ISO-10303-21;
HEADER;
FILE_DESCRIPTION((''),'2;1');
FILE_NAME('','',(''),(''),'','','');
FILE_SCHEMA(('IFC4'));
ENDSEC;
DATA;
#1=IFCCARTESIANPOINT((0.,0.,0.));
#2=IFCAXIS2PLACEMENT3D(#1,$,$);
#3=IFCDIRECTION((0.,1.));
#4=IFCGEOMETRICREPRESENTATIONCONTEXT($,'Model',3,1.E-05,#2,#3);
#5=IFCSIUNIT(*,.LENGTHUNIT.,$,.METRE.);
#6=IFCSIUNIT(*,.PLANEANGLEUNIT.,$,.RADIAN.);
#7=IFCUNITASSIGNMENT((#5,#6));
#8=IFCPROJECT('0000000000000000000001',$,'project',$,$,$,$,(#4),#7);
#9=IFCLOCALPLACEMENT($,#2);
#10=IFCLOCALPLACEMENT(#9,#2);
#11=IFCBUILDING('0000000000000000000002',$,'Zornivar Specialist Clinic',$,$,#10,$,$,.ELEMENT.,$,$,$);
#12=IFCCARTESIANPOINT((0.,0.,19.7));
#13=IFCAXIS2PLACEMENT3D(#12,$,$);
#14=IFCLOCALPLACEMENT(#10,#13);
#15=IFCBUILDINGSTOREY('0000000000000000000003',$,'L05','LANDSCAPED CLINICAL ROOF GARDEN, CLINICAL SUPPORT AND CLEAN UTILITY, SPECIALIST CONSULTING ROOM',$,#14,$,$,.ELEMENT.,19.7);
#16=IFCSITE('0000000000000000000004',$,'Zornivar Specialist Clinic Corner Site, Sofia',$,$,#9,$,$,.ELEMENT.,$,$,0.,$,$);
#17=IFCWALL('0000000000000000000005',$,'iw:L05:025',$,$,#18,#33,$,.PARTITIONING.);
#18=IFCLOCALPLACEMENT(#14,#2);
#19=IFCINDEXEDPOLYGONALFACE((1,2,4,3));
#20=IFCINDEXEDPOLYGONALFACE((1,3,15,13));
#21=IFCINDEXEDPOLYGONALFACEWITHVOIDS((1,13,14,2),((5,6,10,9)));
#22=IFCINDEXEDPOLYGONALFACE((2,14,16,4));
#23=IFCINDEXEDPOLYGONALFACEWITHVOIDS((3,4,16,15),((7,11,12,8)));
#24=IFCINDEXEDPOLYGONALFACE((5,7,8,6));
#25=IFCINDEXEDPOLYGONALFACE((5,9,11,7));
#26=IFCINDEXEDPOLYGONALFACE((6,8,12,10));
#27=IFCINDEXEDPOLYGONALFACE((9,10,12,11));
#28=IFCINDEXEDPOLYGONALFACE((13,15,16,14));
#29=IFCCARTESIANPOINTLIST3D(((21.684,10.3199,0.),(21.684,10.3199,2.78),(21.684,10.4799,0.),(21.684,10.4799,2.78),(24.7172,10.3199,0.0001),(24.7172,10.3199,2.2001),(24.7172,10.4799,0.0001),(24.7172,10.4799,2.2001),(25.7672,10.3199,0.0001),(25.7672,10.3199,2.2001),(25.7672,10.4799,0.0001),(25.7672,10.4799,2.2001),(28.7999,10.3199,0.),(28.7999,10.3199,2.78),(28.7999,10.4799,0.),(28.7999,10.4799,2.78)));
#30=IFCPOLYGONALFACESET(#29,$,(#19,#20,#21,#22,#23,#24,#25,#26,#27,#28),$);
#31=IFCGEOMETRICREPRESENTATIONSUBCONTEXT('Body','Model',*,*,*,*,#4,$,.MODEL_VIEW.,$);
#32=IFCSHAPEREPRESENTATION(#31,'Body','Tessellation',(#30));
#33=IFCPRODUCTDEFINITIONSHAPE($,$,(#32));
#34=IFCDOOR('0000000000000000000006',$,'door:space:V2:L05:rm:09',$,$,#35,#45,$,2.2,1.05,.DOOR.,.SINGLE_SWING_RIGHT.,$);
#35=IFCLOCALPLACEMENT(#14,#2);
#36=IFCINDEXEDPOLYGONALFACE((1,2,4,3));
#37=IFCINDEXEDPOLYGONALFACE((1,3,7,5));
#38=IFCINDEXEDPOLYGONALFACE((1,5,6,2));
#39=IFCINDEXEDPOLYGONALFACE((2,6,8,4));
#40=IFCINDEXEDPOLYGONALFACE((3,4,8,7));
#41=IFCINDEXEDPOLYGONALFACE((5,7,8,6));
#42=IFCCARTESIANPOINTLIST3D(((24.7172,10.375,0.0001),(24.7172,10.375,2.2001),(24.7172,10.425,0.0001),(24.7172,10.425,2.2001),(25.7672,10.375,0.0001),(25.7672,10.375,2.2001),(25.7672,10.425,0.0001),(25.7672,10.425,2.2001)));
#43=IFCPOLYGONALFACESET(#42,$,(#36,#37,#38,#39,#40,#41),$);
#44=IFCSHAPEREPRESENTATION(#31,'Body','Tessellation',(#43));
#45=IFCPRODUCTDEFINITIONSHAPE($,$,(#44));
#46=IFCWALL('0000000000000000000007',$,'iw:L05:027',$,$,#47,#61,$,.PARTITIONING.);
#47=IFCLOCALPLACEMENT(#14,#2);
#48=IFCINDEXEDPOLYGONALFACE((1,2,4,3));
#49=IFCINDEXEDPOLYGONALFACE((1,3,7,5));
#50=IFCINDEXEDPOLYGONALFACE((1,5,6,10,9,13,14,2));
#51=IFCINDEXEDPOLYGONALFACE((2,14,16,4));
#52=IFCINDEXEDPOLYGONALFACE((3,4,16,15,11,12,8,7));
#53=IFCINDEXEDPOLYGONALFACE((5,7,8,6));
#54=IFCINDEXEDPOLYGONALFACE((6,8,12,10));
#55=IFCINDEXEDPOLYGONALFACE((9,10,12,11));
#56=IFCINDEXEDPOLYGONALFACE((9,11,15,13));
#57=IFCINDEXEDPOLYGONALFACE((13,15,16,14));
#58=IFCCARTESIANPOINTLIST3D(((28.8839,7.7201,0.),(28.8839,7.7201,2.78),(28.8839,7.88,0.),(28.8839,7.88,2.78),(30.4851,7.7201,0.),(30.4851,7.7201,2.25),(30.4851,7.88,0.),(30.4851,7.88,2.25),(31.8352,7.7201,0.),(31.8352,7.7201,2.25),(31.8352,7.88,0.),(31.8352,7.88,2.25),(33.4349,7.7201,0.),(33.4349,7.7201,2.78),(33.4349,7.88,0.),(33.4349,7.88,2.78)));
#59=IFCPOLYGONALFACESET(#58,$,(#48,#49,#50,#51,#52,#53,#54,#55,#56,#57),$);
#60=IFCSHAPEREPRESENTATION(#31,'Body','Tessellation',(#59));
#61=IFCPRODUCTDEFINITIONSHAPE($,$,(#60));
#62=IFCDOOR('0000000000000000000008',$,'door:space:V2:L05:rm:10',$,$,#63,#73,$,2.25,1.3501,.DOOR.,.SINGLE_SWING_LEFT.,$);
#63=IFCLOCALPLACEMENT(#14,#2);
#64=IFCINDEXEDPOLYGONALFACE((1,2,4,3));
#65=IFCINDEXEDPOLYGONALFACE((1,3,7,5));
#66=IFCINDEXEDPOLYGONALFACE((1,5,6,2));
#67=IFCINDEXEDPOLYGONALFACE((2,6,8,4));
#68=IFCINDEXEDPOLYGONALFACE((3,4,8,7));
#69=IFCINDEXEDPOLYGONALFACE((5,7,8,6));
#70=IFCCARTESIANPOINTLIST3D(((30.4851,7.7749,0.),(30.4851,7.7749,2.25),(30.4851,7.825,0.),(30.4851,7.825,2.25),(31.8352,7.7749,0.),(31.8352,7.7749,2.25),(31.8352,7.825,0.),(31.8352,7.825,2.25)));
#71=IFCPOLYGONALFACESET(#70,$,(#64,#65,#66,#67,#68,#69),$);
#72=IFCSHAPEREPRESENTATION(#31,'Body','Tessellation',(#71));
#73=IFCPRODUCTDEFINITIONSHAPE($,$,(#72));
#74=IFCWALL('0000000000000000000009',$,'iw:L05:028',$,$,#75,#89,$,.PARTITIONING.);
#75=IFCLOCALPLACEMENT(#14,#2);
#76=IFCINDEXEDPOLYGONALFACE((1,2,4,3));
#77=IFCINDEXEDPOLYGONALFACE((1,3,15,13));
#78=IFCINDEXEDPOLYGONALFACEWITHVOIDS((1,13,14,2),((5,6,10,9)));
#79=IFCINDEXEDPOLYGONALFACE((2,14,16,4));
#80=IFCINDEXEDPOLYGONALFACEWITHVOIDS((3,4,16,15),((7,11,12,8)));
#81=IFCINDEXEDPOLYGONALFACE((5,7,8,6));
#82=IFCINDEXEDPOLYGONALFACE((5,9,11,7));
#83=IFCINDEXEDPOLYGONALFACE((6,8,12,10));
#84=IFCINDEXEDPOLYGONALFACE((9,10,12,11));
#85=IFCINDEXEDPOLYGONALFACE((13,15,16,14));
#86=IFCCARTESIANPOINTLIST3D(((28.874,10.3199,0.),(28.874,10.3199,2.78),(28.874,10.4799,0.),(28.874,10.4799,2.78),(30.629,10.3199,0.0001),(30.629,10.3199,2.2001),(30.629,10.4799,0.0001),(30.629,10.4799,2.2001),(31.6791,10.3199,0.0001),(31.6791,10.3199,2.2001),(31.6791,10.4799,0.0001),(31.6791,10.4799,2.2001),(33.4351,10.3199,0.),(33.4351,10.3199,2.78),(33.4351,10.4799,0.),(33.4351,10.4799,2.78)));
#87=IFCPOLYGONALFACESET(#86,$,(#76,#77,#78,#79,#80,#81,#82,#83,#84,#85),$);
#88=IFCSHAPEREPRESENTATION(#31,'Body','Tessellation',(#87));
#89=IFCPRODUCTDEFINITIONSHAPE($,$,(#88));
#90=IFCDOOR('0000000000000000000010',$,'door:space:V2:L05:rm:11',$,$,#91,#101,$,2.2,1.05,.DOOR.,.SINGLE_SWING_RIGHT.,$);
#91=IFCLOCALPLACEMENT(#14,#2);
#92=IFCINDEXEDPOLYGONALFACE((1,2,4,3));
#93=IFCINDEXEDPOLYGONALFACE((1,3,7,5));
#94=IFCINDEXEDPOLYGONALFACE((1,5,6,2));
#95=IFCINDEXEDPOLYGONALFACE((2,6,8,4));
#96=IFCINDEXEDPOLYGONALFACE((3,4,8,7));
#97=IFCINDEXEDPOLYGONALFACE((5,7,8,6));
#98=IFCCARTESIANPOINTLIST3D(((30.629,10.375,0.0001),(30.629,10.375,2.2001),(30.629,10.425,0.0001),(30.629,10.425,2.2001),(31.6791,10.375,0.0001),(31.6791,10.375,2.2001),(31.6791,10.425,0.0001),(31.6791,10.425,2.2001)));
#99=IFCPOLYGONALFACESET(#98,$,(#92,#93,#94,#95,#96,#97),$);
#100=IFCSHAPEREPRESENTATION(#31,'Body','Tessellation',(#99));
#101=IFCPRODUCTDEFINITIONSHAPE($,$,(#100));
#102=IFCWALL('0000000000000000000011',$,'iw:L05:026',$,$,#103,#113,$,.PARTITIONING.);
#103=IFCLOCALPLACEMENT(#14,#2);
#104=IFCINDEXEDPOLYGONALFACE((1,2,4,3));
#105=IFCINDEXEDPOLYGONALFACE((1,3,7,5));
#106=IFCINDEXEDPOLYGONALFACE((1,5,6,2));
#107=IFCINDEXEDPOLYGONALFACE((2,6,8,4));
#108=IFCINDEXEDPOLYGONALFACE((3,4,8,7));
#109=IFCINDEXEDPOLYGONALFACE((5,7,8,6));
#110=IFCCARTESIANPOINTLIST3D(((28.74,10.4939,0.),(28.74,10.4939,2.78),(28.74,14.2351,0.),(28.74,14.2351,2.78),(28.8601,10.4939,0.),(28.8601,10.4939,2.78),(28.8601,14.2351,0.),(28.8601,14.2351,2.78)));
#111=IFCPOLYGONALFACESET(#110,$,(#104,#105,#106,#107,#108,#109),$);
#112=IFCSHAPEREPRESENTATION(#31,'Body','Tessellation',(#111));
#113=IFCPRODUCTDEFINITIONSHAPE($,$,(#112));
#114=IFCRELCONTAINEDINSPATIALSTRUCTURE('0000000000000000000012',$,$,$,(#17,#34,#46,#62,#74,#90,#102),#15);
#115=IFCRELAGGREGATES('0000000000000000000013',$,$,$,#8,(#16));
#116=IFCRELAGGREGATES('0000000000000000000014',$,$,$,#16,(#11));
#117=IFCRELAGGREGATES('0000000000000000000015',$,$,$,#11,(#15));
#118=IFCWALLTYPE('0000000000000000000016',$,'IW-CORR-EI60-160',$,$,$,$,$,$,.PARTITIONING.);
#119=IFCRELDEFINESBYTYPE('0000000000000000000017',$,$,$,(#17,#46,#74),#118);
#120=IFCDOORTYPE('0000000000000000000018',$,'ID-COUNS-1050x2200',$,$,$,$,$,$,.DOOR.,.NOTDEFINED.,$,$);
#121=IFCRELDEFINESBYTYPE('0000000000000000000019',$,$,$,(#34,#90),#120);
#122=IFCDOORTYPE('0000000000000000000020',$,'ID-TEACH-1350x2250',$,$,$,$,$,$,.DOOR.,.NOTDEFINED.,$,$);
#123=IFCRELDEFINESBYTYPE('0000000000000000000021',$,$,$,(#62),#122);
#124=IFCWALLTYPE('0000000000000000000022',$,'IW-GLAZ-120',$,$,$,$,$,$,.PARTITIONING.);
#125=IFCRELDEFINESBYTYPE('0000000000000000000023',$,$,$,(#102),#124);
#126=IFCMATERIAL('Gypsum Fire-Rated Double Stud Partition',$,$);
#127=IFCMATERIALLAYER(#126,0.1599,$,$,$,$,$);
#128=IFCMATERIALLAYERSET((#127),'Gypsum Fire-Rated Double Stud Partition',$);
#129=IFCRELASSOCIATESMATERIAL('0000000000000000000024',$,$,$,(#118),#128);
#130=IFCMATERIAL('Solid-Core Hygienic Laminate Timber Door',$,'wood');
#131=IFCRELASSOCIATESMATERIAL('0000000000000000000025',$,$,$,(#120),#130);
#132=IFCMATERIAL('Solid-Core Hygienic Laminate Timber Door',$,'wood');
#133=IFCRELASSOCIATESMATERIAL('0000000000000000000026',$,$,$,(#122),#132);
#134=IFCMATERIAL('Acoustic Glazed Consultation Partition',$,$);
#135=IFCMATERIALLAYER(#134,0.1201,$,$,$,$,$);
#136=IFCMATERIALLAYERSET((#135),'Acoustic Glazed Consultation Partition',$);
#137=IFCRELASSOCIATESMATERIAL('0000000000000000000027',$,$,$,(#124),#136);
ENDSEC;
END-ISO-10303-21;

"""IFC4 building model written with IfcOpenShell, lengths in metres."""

from ifc_helpers import new_model, si_unit, direction, frame, frame_2d, origin, place, context, subcontext, project, spatial, rectangle, extrude, material, layer, layer_set, type_object, element, fill, save


model = new_model("IFC4")

# Units and contexts
model_context = context("Model", 3, precision=1e-05, world=origin(), true_north=direction((0.0, 1.0)))
body_context = subcontext(model_context, "Body", "Model", "MODEL_VIEW")
ifc_project = project(units=[si_unit("LENGTHUNIT", "METRE"), si_unit("PLANEANGLEUNIT", "RADIAN")], contexts=[model_context])

# Site, building, storey
site_placement = place(None, origin())
site = spatial("IfcSite", under=ifc_project, at=site_placement, Name="Zornivar Specialist Clinic Corner Site, Sofia", CompositionType="ELEMENT", RefElevation=0.0)
building_placement = place(site_placement, origin())
building = spatial("IfcBuilding", under=site, at=building_placement, Name="Zornivar Specialist Clinic", CompositionType="ELEMENT")
storey_placement = place(building_placement, frame((0.0, 0.0, 19.7)))
storey = spatial("IfcBuildingStorey", under=building, at=storey_placement, Name="L05", Description="LANDSCAPED CLINICAL ROOF GARDEN, CLINICAL SUPPORT AND CLEAN UTILITY, SPECIALIST CONSULTING ROOM", CompositionType="ELEMENT", Elevation=19.7)

# Walls, openings, doors
ifc_material_1 = material(Name="Gypsum Fire-Rated Double Stud Partition")
ifc_layer_1 = layer(ifc_material_1, 0.1599)
ifc_layer_set_1 = layer_set([ifc_layer_1], Name="Gypsum Fire-Rated Double Stud Partition")
wall_type_1 = type_object("IfcWallType", Name="IW-CORR-EI60-160", PredefinedType="PARTITIONING", material=ifc_layer_set_1)
wall_1_placement = place(storey_placement, frame((28.8, 10.3999, 0.0), z_axis=(0.0, 0.0, 1.0), x_axis=(-1.0, 0.0, 0.0)))
wall_1 = element("IfcWall", 1, at=wall_1_placement, inside=storey, type_object=wall_type_1, Name="iw:L05:025", PredefinedType="PARTITIONING", context=body_context, shape_type="SweptSolid", body=[
    extrude(rectangle(XDim=7.116, YDim=0.1599, at=frame_2d((3.5581, 0.0))), origin(), (0.0, 0.0, 1.0), 2.78),
])
opening_1_placement = place(wall_1_placement, frame((3.033, 0.0, 0.0)))
opening_1 = element("IfcOpeningElement", 2, at=opening_1_placement, cuts=wall_1, PredefinedType="OPENING", context=body_context, shape_type="SweptSolid", body=[
    extrude(rectangle(XDim=1.05, YDim=2.2, at=frame_2d((0.5249, 1.1001))), frame((0.0, 0.0898, 0.0), z_axis=(0.0, -1.0, 0.0), x_axis=(1.0, 0.0, 0.0)), (0.0, 0.0, 1.0), 0.1799),
])
ifc_material_2 = material(Name="Solid-Core Hygienic Laminate Timber Door", Category="wood")
door_type_1 = type_object("IfcDoorType", Name="ID-COUNS-1050x2200", OperationType="NOTDEFINED", PredefinedType="DOOR", material=ifc_material_2)
door_1_placement = place(opening_1_placement, origin())
door_1 = element("IfcDoor", 3, at=door_1_placement, inside=storey, type_object=door_type_1, Name="door:space:V2:L05:rm:09", OperationType="SINGLE_SWING_RIGHT", OverallHeight=2.2, OverallWidth=1.05, PredefinedType="DOOR", context=body_context, shape_type="SweptSolid", body=[
    extrude(rectangle(XDim=1.05, YDim=2.2, at=frame_2d((0.5249, 1.1001))), frame((0.0, 0.0249, 0.0), z_axis=(0.0, -1.0, 0.0), x_axis=(1.0, 0.0, 0.0)), (0.0, 0.0, 1.0), 0.05),
])
fill(opening_1, door_1)
wall_2_placement = place(storey_placement, frame((28.884, 7.8, 0.0), z_axis=(0.0, 0.0, 1.0), x_axis=(1.0, 0.0, 0.0)))
wall_2 = element("IfcWall", 4, at=wall_2_placement, inside=storey, type_object=wall_type_1, Name="iw:L05:027", PredefinedType="PARTITIONING", context=body_context, shape_type="SweptSolid", body=[
    extrude(rectangle(XDim=4.551, YDim=0.1599, at=frame_2d((2.2754, 0.0))), origin(), (0.0, 0.0, 1.0), 2.78),
])
opening_2_placement = place(wall_2_placement, frame((1.6011, 0.0, 0.0)))
opening_2 = element("IfcOpeningElement", 5, at=opening_2_placement, cuts=wall_2, PredefinedType="OPENING", context=body_context, shape_type="SweptSolid", body=[
    extrude(rectangle(XDim=1.3501, YDim=2.25, at=frame_2d((0.675, 1.125))), frame((0.0, 0.0898, 0.0), z_axis=(0.0, -1.0, 0.0), x_axis=(1.0, 0.0, 0.0)), (0.0, 0.0, 1.0), 0.1799),
])
ifc_material_3 = material(Name="Solid-Core Hygienic Laminate Timber Door", Category="wood")
door_type_2 = type_object("IfcDoorType", Name="ID-TEACH-1350x2250", OperationType="NOTDEFINED", PredefinedType="DOOR", material=ifc_material_3)
door_2_placement = place(opening_2_placement, origin())
door_2 = element("IfcDoor", 6, at=door_2_placement, inside=storey, type_object=door_type_2, Name="door:space:V2:L05:rm:10", OperationType="SINGLE_SWING_LEFT", OverallHeight=2.25, OverallWidth=1.3501, PredefinedType="DOOR", context=body_context, shape_type="SweptSolid", body=[
    extrude(rectangle(XDim=1.3501, YDim=2.25, at=frame_2d((0.675, 1.125))), frame((0.0, 0.0249, 0.0), z_axis=(0.0, -1.0, 0.0), x_axis=(1.0, 0.0, 0.0)), (0.0, 0.0, 1.0), 0.05),
])
fill(opening_2, door_2)
wall_3_placement = place(storey_placement, frame((33.4351, 10.3999, 0.0), z_axis=(0.0, 0.0, 1.0), x_axis=(-1.0, 0.0, 0.0)))
wall_3 = element("IfcWall", 7, at=wall_3_placement, inside=storey, type_object=wall_type_1, Name="iw:L05:028", PredefinedType="PARTITIONING", context=body_context, shape_type="SweptSolid", body=[
    extrude(rectangle(XDim=4.561, YDim=0.1599, at=frame_2d((2.2805, 0.0))), origin(), (0.0, 0.0, 1.0), 2.78),
])
opening_3_placement = place(wall_3_placement, frame((1.7561, 0.0, 0.0)))
opening_3 = element("IfcOpeningElement", 8, at=opening_3_placement, cuts=wall_3, PredefinedType="OPENING", context=body_context, shape_type="SweptSolid", body=[
    extrude(rectangle(XDim=1.05, YDim=2.2, at=frame_2d((0.5249, 1.1001))), frame((0.0, 0.0898, 0.0), z_axis=(0.0, -1.0, 0.0), x_axis=(1.0, 0.0, 0.0)), (0.0, 0.0, 1.0), 0.1799),
])
door_3_placement = place(opening_3_placement, origin())
door_3 = element("IfcDoor", 9, at=door_3_placement, inside=storey, type_object=door_type_1, Name="door:space:V2:L05:rm:11", OperationType="SINGLE_SWING_RIGHT", OverallHeight=2.2, OverallWidth=1.05, PredefinedType="DOOR", context=body_context, shape_type="SweptSolid", body=[
    extrude(rectangle(XDim=1.05, YDim=2.2, at=frame_2d((0.5249, 1.1001))), frame((0.0, 0.0249, 0.0), z_axis=(0.0, -1.0, 0.0), x_axis=(1.0, 0.0, 0.0)), (0.0, 0.0, 1.0), 0.05),
])
fill(opening_3, door_3)

# Wall
ifc_material_4 = material(Name="Acoustic Glazed Consultation Partition")
ifc_layer_2 = layer(ifc_material_4, 0.1201)
ifc_layer_set_2 = layer_set([ifc_layer_2], Name="Acoustic Glazed Consultation Partition")
wall_type_2 = type_object("IfcWallType", Name="IW-GLAZ-120", PredefinedType="PARTITIONING", material=ifc_layer_set_2)
wall_4_placement = place(storey_placement, frame((28.8, 14.2351, 0.0), z_axis=(0.0, 0.0, 1.0), x_axis=(0.0, -1.0, 0.0)))
element("IfcWall", 10, at=wall_4_placement, inside=storey, type_object=wall_type_2, Name="iw:L05:026", PredefinedType="PARTITIONING", context=body_context, shape_type="SweptSolid", body=[
    extrude(rectangle(XDim=3.7412, YDim=0.1201, at=frame_2d((1.8706, 0.0))), origin(), (0.0, 0.0, 1.0), 2.78),
])

save(model, "model.ifc")
